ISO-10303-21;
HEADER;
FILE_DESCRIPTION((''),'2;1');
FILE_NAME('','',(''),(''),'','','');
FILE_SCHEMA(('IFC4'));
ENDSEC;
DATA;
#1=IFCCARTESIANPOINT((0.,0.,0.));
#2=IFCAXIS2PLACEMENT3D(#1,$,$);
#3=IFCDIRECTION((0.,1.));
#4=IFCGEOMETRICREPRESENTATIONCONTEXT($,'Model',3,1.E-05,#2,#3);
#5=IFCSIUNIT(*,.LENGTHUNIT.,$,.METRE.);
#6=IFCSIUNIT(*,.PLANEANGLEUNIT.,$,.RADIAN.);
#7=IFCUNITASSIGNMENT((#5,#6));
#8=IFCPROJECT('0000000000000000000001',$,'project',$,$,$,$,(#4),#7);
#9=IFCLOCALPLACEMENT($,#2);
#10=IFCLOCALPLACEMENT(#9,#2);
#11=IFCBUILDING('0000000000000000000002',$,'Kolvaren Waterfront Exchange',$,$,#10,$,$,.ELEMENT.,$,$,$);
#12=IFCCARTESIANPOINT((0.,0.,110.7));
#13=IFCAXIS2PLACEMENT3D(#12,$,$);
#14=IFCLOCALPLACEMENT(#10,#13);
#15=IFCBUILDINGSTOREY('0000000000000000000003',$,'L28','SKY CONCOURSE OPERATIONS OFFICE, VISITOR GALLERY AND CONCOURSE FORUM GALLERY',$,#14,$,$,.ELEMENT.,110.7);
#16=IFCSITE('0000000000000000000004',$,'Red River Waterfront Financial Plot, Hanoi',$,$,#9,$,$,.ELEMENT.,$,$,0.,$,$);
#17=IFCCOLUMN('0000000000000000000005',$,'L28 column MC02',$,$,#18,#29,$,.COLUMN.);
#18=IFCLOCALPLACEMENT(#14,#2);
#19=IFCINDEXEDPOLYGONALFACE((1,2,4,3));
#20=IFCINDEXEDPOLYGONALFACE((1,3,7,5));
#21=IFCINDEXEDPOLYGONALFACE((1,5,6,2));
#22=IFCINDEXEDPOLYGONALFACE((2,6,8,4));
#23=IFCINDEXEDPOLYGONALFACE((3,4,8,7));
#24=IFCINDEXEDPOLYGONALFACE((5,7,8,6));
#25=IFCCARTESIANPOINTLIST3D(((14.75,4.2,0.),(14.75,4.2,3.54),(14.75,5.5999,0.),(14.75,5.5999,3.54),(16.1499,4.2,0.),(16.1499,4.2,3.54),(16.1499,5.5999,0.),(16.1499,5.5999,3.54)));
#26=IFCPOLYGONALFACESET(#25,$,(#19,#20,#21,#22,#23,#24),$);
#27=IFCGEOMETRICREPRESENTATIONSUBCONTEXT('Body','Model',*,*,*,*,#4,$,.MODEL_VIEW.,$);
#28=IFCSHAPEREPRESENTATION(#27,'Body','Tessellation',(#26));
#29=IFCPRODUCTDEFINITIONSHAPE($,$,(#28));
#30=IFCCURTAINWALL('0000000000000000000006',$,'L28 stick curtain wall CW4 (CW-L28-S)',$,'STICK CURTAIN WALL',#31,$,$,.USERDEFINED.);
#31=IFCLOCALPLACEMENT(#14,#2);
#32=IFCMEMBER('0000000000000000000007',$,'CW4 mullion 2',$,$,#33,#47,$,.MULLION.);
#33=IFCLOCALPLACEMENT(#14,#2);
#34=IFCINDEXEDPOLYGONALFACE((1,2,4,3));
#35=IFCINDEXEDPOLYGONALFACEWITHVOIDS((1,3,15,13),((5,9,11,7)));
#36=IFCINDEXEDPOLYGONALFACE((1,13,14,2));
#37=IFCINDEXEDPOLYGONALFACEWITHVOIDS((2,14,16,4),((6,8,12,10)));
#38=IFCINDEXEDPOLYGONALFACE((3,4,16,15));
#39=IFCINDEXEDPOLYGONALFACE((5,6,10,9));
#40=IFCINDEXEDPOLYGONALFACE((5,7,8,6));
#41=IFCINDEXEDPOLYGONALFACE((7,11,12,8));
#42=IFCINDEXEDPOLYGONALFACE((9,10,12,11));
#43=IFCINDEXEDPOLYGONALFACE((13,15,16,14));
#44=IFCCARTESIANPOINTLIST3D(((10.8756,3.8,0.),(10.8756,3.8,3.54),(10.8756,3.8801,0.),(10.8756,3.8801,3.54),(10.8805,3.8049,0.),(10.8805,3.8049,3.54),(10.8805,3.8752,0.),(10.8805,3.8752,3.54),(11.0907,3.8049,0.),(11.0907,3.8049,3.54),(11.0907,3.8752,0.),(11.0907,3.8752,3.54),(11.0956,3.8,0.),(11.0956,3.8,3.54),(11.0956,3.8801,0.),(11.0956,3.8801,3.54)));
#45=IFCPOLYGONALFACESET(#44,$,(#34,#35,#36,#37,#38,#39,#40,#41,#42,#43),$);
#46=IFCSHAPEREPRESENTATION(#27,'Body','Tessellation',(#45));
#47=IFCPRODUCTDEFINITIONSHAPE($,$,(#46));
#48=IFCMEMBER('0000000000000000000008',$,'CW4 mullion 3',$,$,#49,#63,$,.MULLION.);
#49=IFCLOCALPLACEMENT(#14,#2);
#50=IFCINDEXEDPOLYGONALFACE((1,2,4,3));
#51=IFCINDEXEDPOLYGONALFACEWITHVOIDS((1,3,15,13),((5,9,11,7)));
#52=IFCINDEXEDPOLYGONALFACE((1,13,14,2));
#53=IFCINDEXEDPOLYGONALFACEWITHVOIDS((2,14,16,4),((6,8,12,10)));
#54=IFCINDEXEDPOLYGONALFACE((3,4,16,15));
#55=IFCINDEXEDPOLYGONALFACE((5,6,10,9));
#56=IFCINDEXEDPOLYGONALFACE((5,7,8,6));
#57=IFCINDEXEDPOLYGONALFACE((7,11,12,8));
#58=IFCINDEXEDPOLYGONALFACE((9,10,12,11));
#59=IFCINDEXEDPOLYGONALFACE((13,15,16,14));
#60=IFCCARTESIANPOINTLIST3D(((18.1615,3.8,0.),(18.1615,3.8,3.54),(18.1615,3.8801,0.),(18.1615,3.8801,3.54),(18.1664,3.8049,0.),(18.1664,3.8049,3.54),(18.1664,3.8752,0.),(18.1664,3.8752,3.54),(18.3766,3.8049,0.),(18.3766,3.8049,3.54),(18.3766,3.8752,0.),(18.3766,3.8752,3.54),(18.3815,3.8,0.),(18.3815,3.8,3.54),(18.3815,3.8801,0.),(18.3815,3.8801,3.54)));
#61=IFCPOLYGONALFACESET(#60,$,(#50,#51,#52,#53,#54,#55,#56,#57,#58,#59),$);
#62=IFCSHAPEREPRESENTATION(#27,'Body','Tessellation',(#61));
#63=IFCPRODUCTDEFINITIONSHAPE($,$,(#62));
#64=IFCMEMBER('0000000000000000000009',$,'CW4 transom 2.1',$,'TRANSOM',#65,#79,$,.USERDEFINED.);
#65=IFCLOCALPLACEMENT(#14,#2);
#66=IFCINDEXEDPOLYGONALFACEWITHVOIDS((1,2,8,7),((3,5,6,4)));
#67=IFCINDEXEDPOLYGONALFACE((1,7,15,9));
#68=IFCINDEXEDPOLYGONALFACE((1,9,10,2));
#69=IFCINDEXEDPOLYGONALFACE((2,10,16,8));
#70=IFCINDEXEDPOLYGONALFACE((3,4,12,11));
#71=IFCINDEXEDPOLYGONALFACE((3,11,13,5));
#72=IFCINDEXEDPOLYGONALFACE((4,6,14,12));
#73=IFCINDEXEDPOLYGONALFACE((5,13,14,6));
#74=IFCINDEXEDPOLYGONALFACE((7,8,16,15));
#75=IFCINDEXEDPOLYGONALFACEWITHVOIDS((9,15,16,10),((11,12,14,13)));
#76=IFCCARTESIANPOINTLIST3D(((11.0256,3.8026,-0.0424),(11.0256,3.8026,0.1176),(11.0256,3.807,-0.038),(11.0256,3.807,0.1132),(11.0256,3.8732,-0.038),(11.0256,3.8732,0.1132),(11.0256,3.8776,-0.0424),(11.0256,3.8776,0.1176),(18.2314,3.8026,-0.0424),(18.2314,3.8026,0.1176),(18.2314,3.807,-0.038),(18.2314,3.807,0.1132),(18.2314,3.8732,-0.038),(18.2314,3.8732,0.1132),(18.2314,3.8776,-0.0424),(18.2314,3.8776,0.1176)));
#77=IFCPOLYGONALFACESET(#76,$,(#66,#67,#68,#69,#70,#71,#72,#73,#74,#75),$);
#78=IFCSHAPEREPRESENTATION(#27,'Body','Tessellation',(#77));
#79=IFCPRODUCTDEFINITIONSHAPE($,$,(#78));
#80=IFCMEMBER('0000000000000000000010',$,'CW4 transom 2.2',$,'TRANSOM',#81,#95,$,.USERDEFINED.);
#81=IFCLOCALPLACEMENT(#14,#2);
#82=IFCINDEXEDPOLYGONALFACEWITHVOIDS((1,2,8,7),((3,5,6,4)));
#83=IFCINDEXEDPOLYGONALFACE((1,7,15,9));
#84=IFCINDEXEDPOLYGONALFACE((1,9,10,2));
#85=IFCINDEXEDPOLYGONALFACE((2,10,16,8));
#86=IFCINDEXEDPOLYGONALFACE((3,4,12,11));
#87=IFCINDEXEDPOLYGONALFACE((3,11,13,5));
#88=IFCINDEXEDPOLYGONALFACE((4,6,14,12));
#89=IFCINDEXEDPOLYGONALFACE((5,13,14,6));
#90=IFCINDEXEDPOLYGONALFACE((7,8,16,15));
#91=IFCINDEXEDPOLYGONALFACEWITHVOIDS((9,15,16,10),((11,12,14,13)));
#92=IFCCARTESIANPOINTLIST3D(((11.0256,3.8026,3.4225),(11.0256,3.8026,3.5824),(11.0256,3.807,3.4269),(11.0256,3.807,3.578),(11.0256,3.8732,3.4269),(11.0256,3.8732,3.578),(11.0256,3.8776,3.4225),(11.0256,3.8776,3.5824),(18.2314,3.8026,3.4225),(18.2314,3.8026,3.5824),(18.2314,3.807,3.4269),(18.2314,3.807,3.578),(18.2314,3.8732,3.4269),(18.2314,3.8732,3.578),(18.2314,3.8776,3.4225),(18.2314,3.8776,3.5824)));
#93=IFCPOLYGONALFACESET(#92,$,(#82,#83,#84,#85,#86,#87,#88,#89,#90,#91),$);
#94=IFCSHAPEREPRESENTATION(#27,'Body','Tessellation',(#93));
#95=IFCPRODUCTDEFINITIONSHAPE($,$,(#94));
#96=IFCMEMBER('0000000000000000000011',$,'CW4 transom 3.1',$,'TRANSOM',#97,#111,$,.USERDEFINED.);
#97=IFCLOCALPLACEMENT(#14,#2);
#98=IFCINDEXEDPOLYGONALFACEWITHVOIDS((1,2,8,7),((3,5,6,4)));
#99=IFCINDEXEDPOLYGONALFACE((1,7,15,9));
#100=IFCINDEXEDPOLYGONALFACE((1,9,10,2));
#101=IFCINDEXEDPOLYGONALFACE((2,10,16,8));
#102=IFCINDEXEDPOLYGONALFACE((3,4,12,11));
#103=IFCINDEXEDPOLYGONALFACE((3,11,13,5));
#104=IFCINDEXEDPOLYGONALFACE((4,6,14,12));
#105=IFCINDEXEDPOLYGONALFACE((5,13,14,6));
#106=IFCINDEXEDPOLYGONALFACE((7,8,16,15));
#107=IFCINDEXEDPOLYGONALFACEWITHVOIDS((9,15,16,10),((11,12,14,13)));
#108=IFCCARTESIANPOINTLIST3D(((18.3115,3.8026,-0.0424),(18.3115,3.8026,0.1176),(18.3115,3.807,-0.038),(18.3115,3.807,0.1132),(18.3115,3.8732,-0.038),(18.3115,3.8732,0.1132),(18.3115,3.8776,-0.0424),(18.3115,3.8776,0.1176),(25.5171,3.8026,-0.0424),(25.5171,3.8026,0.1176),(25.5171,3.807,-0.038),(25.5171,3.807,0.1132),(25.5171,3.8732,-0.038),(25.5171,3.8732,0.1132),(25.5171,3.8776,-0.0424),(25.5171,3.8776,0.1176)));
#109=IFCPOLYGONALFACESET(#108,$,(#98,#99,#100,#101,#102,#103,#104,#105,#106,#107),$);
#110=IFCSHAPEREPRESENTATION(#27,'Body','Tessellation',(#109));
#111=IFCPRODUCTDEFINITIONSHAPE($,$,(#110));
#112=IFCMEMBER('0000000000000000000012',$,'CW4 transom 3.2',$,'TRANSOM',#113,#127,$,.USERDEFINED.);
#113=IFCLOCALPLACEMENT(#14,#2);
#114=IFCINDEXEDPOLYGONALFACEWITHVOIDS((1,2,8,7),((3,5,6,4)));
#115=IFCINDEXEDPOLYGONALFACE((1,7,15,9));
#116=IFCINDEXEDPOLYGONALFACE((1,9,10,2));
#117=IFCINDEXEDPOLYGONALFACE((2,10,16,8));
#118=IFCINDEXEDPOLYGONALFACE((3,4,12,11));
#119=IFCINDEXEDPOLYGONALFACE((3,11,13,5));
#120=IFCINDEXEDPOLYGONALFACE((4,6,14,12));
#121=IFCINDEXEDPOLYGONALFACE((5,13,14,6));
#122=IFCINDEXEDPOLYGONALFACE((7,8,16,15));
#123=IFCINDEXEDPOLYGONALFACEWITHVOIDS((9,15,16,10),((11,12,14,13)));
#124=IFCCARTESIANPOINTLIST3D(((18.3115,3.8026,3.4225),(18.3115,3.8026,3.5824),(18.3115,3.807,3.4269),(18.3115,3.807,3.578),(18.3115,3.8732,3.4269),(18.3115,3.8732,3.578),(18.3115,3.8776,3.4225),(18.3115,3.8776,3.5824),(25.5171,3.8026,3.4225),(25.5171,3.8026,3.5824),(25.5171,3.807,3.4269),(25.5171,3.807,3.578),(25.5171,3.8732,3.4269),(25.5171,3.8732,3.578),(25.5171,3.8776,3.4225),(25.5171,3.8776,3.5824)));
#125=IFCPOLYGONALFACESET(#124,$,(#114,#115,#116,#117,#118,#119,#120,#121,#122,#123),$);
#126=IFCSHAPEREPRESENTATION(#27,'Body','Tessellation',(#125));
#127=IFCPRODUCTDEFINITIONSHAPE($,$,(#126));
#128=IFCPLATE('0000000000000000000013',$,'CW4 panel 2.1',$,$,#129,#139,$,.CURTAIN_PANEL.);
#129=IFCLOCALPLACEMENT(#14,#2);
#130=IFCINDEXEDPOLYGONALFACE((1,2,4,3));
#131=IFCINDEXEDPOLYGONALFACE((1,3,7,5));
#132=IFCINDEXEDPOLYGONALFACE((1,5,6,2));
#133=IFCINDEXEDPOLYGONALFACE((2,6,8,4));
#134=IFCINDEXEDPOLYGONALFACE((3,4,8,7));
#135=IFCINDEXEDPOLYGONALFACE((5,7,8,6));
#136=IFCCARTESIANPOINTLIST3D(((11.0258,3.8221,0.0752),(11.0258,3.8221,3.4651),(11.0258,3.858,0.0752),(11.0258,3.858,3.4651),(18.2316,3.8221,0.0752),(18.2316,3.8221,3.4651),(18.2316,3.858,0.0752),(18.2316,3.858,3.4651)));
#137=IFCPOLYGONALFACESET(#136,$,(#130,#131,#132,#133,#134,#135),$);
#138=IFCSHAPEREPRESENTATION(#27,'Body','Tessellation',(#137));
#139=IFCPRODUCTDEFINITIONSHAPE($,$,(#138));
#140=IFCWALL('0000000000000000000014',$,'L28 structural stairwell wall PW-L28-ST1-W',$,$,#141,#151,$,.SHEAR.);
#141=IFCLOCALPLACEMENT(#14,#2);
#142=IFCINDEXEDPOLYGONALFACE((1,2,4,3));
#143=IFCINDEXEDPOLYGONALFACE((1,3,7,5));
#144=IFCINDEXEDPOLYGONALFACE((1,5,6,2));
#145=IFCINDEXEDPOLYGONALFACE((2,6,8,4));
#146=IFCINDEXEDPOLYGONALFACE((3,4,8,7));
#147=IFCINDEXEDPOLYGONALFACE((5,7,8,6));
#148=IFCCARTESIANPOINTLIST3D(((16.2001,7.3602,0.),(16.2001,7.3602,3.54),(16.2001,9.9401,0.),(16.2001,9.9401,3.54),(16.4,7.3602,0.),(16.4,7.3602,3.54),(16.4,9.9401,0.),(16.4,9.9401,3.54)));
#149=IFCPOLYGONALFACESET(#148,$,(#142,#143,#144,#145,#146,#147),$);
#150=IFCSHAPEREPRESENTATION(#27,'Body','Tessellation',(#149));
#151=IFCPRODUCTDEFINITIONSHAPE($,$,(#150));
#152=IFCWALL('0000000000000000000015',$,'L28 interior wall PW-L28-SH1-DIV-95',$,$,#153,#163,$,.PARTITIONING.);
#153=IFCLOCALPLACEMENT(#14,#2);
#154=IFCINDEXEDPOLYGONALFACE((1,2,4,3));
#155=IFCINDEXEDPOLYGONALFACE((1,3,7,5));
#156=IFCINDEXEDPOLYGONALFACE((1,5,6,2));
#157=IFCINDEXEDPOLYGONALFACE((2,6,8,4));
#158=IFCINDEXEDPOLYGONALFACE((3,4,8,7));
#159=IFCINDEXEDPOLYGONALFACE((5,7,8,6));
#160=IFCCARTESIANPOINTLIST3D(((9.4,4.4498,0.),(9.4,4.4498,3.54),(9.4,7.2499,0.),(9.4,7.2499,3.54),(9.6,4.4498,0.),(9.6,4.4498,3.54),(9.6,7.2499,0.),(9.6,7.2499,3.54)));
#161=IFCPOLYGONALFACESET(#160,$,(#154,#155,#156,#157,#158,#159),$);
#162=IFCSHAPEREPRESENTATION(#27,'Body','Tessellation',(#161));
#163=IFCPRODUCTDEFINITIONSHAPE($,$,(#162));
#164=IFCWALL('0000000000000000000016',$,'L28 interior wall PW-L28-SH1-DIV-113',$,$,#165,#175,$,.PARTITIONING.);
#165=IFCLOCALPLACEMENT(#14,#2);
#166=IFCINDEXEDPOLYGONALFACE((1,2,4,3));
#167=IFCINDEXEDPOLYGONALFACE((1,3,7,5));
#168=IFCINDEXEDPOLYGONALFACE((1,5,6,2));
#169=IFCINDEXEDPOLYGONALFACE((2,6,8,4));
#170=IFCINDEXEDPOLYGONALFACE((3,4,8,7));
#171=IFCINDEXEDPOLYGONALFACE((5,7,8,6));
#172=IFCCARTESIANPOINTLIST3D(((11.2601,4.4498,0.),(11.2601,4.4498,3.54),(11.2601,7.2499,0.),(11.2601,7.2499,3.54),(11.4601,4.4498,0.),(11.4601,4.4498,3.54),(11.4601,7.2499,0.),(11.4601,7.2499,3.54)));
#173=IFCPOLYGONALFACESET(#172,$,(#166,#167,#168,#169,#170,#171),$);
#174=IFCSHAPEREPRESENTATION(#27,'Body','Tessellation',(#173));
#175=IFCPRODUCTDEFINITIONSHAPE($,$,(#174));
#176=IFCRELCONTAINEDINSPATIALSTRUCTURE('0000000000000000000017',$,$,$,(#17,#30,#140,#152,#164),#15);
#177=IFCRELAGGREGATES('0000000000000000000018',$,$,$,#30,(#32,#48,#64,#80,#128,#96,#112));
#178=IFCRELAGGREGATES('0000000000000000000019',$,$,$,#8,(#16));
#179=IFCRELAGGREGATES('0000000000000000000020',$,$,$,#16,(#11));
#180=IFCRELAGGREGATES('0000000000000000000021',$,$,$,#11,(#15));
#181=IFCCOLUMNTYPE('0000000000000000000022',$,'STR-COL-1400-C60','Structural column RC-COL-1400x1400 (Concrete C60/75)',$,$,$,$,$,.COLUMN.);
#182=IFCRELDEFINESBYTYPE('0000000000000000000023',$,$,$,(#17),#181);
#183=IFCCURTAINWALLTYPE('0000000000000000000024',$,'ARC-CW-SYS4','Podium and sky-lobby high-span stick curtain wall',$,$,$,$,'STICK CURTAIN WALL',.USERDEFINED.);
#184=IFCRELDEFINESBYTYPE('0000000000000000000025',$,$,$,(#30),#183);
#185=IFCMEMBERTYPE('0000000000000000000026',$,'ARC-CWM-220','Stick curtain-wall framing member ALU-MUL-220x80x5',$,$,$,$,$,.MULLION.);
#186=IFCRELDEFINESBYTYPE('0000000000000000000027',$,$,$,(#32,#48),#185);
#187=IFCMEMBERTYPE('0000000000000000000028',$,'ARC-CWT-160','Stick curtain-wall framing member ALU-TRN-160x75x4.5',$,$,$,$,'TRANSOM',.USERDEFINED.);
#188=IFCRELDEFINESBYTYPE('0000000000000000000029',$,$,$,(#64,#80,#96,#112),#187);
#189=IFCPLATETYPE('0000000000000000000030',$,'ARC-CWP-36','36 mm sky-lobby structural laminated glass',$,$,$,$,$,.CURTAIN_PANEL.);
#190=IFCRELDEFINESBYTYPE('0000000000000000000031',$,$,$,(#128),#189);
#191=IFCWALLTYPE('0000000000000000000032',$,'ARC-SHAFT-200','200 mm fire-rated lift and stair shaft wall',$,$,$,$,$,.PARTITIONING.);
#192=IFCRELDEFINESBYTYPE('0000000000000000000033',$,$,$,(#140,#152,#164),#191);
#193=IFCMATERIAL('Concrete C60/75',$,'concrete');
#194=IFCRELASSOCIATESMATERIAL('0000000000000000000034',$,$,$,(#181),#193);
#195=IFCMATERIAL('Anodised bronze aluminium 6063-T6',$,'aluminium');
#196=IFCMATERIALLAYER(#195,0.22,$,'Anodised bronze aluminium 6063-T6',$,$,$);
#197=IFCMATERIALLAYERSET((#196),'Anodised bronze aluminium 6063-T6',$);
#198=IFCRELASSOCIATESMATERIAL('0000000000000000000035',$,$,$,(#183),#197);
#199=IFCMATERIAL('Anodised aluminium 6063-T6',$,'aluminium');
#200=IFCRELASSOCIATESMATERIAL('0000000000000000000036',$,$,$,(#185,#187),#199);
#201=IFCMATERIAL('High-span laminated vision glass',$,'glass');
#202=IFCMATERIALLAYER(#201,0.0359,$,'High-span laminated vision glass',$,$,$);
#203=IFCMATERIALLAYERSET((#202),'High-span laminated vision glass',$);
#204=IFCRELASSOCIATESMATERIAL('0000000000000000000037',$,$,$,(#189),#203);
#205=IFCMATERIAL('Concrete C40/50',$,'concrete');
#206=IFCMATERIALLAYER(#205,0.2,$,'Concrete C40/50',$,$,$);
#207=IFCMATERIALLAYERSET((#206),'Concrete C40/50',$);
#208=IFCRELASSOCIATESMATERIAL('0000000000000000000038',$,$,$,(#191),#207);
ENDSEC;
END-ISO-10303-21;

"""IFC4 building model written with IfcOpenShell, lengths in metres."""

from ifc_helpers import new_model, si_unit, direction, frame, frame_2d, origin, origin_with_axes, origin_2d, place, context, subcontext, project, spatial, rectangle, hollow_rectangle, extrude, source, transform, mapped, material, layer, layer_set, material_profile, profile_set, type_object, element, aggregate, save


model = new_model("IFC4")

# Units and contexts
model_context = context("Model", 3, precision=1e-05, world=origin(), true_north=direction((0.0, 1.0)))
body_context = subcontext(model_context, "Body", "Model", "MODEL_VIEW")
ifc_project = project(units=[si_unit("LENGTHUNIT", "METRE"), si_unit("PLANEANGLEUNIT", "RADIAN")], contexts=[model_context])

# Site, building, storey
site_placement = place(None, origin())
site = spatial("IfcSite", under=ifc_project, at=site_placement, Name="Red River Waterfront Financial Plot, Hanoi", CompositionType="ELEMENT", RefElevation=0.0)
building_placement = place(site_placement, origin())
building = spatial("IfcBuilding", under=site, at=building_placement, Name="Kolvaren Waterfront Exchange", CompositionType="ELEMENT")
storey_placement = place(building_placement, frame((0.0, 0.0, 110.7)))
storey = spatial("IfcBuildingStorey", under=building, at=storey_placement, Name="L28", Description="SKY CONCOURSE OPERATIONS OFFICE, VISITOR GALLERY AND CONCOURSE FORUM GALLERY", CompositionType="ELEMENT", Elevation=110.7)

# Column
ifc_material_1 = material(Name="Concrete C60/75", Category="concrete")
ifc_material_profile_1 = material_profile(ifc_material_1, rectangle(XDim=1.3999, YDim=1.3999, at=origin_2d()), Name="RC-COL-1400x1400")
ifc_profile_set_1 = profile_set([ifc_material_profile_1], Name="Concrete C60/75")
column_type = type_object("IfcColumnType", Name="STR-COL-1400-C60", Description="Structural column RC-COL-1400x1400 (Concrete C60/75)", PredefinedType="COLUMN", material=ifc_profile_set_1)
column_placement = place(storey_placement, frame((15.45, 4.8999, 0.0), z_axis=(0.0, 0.0, 1.0), x_axis=(1.0, 0.0, 0.0)))
element("IfcColumn", 1, at=column_placement, inside=storey, type_object=column_type, Name="L28 column MC02", PredefinedType="COLUMN", context=body_context, shape_type="SweptSolid", body=[
    extrude(rectangle(XDim=1.3999, YDim=1.3999, at=origin_2d()), origin(), (0.0, 0.0, 1.0), 3.54),
])

# Curtain wall, members, plate
ifc_material_2 = material(Name="Anodised bronze aluminium 6063-T6", Category="aluminium")
ifc_layer_1 = layer(ifc_material_2, 0.22, Name="Anodised bronze aluminium 6063-T6")
ifc_layer_set_1 = layer_set([ifc_layer_1], Name="Anodised bronze aluminium 6063-T6")
curtain_wall_type = type_object("IfcCurtainWallType", Name="ARC-CW-SYS4", Description="Podium and sky-lobby high-span stick curtain wall", ElementType="STICK CURTAIN WALL", PredefinedType="USERDEFINED", material=ifc_layer_set_1)
curtain_wall_placement = place(storey_placement, origin())
curtain_wall = element("IfcCurtainWall", 2, at=curtain_wall_placement, inside=storey, type_object=curtain_wall_type, Name="L28 stick curtain wall CW4 (CW-L28-S)", ObjectType="STICK CURTAIN WALL", PredefinedType="USERDEFINED")
ifc_material_3 = material(Name="Anodised aluminium 6063-T6", Category="aluminium")
ifc_material_profile_2 = material_profile(ifc_material_3, hollow_rectangle(XDim=0.0801, YDim=0.22, WallThickness=0.0049, at=origin_2d()), Name="ALU-MUL-220x80x5")
ifc_profile_set_2 = profile_set([ifc_material_profile_2], Name="Anodised aluminium 6063-T6")
member_type_1 = type_object("IfcMemberType", Name="ARC-CWM-220", Description="Stick curtain-wall framing member ALU-MUL-220x80x5", PredefinedType="MULLION", material=ifc_profile_set_2)
shared_shape_1 = source(origin_with_axes(), body_context, "Body", "SweptSolid", [
    extrude(hollow_rectangle(XDim=0.0801, YDim=0.22, WallThickness=0.0049, at=origin_2d()), origin(), (0.0, 0.0, 1.0), 3.54),
])
member_1_placement = place(storey_placement, frame((10.9856, 3.8401, 0.0), z_axis=(0.0, 0.0, 1.0), x_axis=(0.0, 1.0, 0.0)))
member_1 = element("IfcMember", 3, at=member_1_placement, type_object=member_type_1, Name="CW4 mullion 2", PredefinedType="MULLION", context=body_context, shape_type="MappedRepresentation", body=[
    mapped(shared_shape_1, transform((0.0, 0.0, 0.0), x_axis=(1.0, 0.0, 0.0), y_axis=(0.0, 1.0, 0.0), z_axis=(0.0, 0.0, 1.0), scale=1.0)),
])
member_2_placement = place(storey_placement, frame((18.2715, 3.8401, 0.0), z_axis=(0.0, 0.0, 1.0), x_axis=(0.0, 1.0, 0.0)))
member_2 = element("IfcMember", 4, at=member_2_placement, type_object=member_type_1, Name="CW4 mullion 3", PredefinedType="MULLION", context=body_context, shape_type="MappedRepresentation", body=[
    mapped(shared_shape_1, transform((0.0, 0.0, 0.0), x_axis=(1.0, 0.0, 0.0), y_axis=(0.0, 1.0, 0.0), z_axis=(0.0, 0.0, 1.0), scale=1.0)),
])
ifc_material_profile_3 = material_profile(ifc_material_3, hollow_rectangle(XDim=0.075, YDim=0.1599, WallThickness=0.0044, at=origin_2d()), Name="ALU-TRN-160x75x4.5")
ifc_profile_set_3 = profile_set([ifc_material_profile_3], Name="Anodised aluminium 6063-T6")
member_type_2 = type_object("IfcMemberType", Name="ARC-CWT-160", Description="Stick curtain-wall framing member ALU-TRN-160x75x4.5", ElementType="TRANSOM", PredefinedType="USERDEFINED", material=ifc_profile_set_3)
shared_shape_2 = source(origin_with_axes(), body_context, "Body", "SweptSolid", [
    extrude(hollow_rectangle(XDim=0.075, YDim=0.1599, WallThickness=0.0044, at=origin_2d()), origin(), (0.0, 0.0, 1.0), 7.2058),
])
member_3_placement = place(storey_placement, frame((11.0256, 3.8401, 0.0376), z_axis=(1.0, 0.0, 0.0), x_axis=(0.0, 1.0, 0.0)))
member_3 = element("IfcMember", 5, at=member_3_placement, type_object=member_type_2, Name="CW4 transom 2.1", ObjectType="TRANSOM", PredefinedType="USERDEFINED", context=body_context, shape_type="MappedRepresentation", body=[
    mapped(shared_shape_2, transform((0.0, 0.0, 0.0), x_axis=(1.0, 0.0, 0.0), y_axis=(0.0, 1.0, 0.0), z_axis=(0.0, 0.0, 1.0), scale=1.0)),
])
member_4_placement = place(storey_placement, frame((11.0256, 3.8401, 3.5024), z_axis=(1.0, 0.0, 0.0), x_axis=(0.0, 1.0, 0.0)))
member_4 = element("IfcMember", 6, at=member_4_placement, type_object=member_type_2, Name="CW4 transom 2.2", ObjectType="TRANSOM", PredefinedType="USERDEFINED", context=body_context, shape_type="MappedRepresentation", body=[
    mapped(shared_shape_2, transform((0.0, 0.0, 0.0), x_axis=(1.0, 0.0, 0.0), y_axis=(0.0, 1.0, 0.0), z_axis=(0.0, 0.0, 1.0), scale=1.0)),
])
shared_shape_3 = source(origin_with_axes(), body_context, "Body", "SweptSolid", [
    extrude(hollow_rectangle(XDim=0.075, YDim=0.1599, WallThickness=0.0044, at=origin_2d()), origin(), (0.0, 0.0, 1.0), 7.2056),
])
member_5_placement = place(storey_placement, frame((18.3115, 3.8401, 0.0376), z_axis=(1.0, 0.0, 0.0), x_axis=(0.0, 1.0, 0.0)))
member_5 = element("IfcMember", 7, at=member_5_placement, type_object=member_type_2, Name="CW4 transom 3.1", ObjectType="TRANSOM", PredefinedType="USERDEFINED", context=body_context, shape_type="MappedRepresentation", body=[
    mapped(shared_shape_3, transform((0.0, 0.0, 0.0), x_axis=(1.0, 0.0, 0.0), y_axis=(0.0, 1.0, 0.0), z_axis=(0.0, 0.0, 1.0), scale=1.0)),
])
member_6_placement = place(storey_placement, frame((18.3115, 3.8401, 3.5024), z_axis=(1.0, 0.0, 0.0), x_axis=(0.0, 1.0, 0.0)))
member_6 = element("IfcMember", 8, at=member_6_placement, type_object=member_type_2, Name="CW4 transom 3.2", ObjectType="TRANSOM", PredefinedType="USERDEFINED", context=body_context, shape_type="MappedRepresentation", body=[
    mapped(shared_shape_3, transform((0.0, 0.0, 0.0), x_axis=(1.0, 0.0, 0.0), y_axis=(0.0, 1.0, 0.0), z_axis=(0.0, 0.0, 1.0), scale=1.0)),
])
ifc_material_4 = material(Name="High-span laminated vision glass", Category="glass")
ifc_layer_2 = layer(ifc_material_4, 0.0359, Name="High-span laminated vision glass")
ifc_layer_set_2 = layer_set([ifc_layer_2], Name="High-span laminated vision glass")
plate_type = type_object("IfcPlateType", Name="ARC-CWP-36", Description="36 mm sky-lobby structural laminated glass", PredefinedType="CURTAIN_PANEL", material=ifc_layer_set_2)
shared_shape_4 = source(origin_with_axes(), body_context, "Body", "SweptSolid", [
    extrude(rectangle(XDim=7.2058, YDim=0.0359, at=origin_2d()), origin(), (0.0, 0.0, 1.0), 3.3899),
])
plate_placement = place(storey_placement, frame((14.6287, 3.8401, 0.0752), z_axis=(0.0, 0.0, 1.0), x_axis=(1.0, 0.0, 0.0)))
plate = element("IfcPlate", 9, at=plate_placement, type_object=plate_type, Name="CW4 panel 2.1", PredefinedType="CURTAIN_PANEL", context=body_context, shape_type="MappedRepresentation", body=[
    mapped(shared_shape_4, transform((0.0, 0.0, 0.0), x_axis=(1.0, 0.0, 0.0), y_axis=(0.0, 1.0, 0.0), z_axis=(0.0, 0.0, 1.0), scale=1.0)),
])
aggregate(curtain_wall, [member_1, member_2, member_3, member_4, plate, member_5, member_6])

# Walls
ifc_material_5 = material(Name="Concrete C40/50", Category="concrete")
ifc_layer_3 = layer(ifc_material_5, 0.2, Name="Concrete C40/50")
ifc_layer_set_3 = layer_set([ifc_layer_3], Name="Concrete C40/50")
wall_type_1 = type_object("IfcWallType", Name="ARC-SHAFT-200", Description="200 mm fire-rated lift and stair shaft wall", PredefinedType="PARTITIONING", material=ifc_layer_set_3)
wall_1_placement = place(storey_placement, frame((16.3, 7.3601, 0.0), z_axis=(0.0, 0.0, 1.0), x_axis=(0.0, 1.0, 0.0)))
element("IfcWall", 10, at=wall_1_placement, inside=storey, type_object=wall_type_1, Name="L28 structural stairwell wall PW-L28-ST1-W", PredefinedType="SHEAR", context=body_context, shape_type="SweptSolid", body=[
    extrude(rectangle(XDim=2.5798, YDim=0.2, at=frame_2d((1.29, 0.0))), origin(), (0.0, 0.0, 1.0), 3.54),
])
for number, where, z_axis, x_axis, name in (
    (11, (9.5, 4.45, 0.0), (0.0, 0.0, 1.0), (0.0, 1.0, 0.0), "L28 interior wall PW-L28-SH1-DIV-95"),
    (12, (11.3601, 4.45, 0.0), (0.0, 0.0, 1.0), (0.0, 1.0, 0.0), "L28 interior wall PW-L28-SH1-DIV-113"),
):
    element("IfcWall", number, at=place(storey_placement, frame(where, z_axis=z_axis, x_axis=x_axis)), inside=storey, type_object=wall_type_1, Name=name, PredefinedType="PARTITIONING", context=body_context, shape_type="SweptSolid", body=[
        extrude(rectangle(XDim=2.8, YDim=0.2, at=frame_2d((1.3999, 0.0))), origin(), (0.0, 0.0, 1.0), 3.54),
    ])

save(model, "model.ifc")
